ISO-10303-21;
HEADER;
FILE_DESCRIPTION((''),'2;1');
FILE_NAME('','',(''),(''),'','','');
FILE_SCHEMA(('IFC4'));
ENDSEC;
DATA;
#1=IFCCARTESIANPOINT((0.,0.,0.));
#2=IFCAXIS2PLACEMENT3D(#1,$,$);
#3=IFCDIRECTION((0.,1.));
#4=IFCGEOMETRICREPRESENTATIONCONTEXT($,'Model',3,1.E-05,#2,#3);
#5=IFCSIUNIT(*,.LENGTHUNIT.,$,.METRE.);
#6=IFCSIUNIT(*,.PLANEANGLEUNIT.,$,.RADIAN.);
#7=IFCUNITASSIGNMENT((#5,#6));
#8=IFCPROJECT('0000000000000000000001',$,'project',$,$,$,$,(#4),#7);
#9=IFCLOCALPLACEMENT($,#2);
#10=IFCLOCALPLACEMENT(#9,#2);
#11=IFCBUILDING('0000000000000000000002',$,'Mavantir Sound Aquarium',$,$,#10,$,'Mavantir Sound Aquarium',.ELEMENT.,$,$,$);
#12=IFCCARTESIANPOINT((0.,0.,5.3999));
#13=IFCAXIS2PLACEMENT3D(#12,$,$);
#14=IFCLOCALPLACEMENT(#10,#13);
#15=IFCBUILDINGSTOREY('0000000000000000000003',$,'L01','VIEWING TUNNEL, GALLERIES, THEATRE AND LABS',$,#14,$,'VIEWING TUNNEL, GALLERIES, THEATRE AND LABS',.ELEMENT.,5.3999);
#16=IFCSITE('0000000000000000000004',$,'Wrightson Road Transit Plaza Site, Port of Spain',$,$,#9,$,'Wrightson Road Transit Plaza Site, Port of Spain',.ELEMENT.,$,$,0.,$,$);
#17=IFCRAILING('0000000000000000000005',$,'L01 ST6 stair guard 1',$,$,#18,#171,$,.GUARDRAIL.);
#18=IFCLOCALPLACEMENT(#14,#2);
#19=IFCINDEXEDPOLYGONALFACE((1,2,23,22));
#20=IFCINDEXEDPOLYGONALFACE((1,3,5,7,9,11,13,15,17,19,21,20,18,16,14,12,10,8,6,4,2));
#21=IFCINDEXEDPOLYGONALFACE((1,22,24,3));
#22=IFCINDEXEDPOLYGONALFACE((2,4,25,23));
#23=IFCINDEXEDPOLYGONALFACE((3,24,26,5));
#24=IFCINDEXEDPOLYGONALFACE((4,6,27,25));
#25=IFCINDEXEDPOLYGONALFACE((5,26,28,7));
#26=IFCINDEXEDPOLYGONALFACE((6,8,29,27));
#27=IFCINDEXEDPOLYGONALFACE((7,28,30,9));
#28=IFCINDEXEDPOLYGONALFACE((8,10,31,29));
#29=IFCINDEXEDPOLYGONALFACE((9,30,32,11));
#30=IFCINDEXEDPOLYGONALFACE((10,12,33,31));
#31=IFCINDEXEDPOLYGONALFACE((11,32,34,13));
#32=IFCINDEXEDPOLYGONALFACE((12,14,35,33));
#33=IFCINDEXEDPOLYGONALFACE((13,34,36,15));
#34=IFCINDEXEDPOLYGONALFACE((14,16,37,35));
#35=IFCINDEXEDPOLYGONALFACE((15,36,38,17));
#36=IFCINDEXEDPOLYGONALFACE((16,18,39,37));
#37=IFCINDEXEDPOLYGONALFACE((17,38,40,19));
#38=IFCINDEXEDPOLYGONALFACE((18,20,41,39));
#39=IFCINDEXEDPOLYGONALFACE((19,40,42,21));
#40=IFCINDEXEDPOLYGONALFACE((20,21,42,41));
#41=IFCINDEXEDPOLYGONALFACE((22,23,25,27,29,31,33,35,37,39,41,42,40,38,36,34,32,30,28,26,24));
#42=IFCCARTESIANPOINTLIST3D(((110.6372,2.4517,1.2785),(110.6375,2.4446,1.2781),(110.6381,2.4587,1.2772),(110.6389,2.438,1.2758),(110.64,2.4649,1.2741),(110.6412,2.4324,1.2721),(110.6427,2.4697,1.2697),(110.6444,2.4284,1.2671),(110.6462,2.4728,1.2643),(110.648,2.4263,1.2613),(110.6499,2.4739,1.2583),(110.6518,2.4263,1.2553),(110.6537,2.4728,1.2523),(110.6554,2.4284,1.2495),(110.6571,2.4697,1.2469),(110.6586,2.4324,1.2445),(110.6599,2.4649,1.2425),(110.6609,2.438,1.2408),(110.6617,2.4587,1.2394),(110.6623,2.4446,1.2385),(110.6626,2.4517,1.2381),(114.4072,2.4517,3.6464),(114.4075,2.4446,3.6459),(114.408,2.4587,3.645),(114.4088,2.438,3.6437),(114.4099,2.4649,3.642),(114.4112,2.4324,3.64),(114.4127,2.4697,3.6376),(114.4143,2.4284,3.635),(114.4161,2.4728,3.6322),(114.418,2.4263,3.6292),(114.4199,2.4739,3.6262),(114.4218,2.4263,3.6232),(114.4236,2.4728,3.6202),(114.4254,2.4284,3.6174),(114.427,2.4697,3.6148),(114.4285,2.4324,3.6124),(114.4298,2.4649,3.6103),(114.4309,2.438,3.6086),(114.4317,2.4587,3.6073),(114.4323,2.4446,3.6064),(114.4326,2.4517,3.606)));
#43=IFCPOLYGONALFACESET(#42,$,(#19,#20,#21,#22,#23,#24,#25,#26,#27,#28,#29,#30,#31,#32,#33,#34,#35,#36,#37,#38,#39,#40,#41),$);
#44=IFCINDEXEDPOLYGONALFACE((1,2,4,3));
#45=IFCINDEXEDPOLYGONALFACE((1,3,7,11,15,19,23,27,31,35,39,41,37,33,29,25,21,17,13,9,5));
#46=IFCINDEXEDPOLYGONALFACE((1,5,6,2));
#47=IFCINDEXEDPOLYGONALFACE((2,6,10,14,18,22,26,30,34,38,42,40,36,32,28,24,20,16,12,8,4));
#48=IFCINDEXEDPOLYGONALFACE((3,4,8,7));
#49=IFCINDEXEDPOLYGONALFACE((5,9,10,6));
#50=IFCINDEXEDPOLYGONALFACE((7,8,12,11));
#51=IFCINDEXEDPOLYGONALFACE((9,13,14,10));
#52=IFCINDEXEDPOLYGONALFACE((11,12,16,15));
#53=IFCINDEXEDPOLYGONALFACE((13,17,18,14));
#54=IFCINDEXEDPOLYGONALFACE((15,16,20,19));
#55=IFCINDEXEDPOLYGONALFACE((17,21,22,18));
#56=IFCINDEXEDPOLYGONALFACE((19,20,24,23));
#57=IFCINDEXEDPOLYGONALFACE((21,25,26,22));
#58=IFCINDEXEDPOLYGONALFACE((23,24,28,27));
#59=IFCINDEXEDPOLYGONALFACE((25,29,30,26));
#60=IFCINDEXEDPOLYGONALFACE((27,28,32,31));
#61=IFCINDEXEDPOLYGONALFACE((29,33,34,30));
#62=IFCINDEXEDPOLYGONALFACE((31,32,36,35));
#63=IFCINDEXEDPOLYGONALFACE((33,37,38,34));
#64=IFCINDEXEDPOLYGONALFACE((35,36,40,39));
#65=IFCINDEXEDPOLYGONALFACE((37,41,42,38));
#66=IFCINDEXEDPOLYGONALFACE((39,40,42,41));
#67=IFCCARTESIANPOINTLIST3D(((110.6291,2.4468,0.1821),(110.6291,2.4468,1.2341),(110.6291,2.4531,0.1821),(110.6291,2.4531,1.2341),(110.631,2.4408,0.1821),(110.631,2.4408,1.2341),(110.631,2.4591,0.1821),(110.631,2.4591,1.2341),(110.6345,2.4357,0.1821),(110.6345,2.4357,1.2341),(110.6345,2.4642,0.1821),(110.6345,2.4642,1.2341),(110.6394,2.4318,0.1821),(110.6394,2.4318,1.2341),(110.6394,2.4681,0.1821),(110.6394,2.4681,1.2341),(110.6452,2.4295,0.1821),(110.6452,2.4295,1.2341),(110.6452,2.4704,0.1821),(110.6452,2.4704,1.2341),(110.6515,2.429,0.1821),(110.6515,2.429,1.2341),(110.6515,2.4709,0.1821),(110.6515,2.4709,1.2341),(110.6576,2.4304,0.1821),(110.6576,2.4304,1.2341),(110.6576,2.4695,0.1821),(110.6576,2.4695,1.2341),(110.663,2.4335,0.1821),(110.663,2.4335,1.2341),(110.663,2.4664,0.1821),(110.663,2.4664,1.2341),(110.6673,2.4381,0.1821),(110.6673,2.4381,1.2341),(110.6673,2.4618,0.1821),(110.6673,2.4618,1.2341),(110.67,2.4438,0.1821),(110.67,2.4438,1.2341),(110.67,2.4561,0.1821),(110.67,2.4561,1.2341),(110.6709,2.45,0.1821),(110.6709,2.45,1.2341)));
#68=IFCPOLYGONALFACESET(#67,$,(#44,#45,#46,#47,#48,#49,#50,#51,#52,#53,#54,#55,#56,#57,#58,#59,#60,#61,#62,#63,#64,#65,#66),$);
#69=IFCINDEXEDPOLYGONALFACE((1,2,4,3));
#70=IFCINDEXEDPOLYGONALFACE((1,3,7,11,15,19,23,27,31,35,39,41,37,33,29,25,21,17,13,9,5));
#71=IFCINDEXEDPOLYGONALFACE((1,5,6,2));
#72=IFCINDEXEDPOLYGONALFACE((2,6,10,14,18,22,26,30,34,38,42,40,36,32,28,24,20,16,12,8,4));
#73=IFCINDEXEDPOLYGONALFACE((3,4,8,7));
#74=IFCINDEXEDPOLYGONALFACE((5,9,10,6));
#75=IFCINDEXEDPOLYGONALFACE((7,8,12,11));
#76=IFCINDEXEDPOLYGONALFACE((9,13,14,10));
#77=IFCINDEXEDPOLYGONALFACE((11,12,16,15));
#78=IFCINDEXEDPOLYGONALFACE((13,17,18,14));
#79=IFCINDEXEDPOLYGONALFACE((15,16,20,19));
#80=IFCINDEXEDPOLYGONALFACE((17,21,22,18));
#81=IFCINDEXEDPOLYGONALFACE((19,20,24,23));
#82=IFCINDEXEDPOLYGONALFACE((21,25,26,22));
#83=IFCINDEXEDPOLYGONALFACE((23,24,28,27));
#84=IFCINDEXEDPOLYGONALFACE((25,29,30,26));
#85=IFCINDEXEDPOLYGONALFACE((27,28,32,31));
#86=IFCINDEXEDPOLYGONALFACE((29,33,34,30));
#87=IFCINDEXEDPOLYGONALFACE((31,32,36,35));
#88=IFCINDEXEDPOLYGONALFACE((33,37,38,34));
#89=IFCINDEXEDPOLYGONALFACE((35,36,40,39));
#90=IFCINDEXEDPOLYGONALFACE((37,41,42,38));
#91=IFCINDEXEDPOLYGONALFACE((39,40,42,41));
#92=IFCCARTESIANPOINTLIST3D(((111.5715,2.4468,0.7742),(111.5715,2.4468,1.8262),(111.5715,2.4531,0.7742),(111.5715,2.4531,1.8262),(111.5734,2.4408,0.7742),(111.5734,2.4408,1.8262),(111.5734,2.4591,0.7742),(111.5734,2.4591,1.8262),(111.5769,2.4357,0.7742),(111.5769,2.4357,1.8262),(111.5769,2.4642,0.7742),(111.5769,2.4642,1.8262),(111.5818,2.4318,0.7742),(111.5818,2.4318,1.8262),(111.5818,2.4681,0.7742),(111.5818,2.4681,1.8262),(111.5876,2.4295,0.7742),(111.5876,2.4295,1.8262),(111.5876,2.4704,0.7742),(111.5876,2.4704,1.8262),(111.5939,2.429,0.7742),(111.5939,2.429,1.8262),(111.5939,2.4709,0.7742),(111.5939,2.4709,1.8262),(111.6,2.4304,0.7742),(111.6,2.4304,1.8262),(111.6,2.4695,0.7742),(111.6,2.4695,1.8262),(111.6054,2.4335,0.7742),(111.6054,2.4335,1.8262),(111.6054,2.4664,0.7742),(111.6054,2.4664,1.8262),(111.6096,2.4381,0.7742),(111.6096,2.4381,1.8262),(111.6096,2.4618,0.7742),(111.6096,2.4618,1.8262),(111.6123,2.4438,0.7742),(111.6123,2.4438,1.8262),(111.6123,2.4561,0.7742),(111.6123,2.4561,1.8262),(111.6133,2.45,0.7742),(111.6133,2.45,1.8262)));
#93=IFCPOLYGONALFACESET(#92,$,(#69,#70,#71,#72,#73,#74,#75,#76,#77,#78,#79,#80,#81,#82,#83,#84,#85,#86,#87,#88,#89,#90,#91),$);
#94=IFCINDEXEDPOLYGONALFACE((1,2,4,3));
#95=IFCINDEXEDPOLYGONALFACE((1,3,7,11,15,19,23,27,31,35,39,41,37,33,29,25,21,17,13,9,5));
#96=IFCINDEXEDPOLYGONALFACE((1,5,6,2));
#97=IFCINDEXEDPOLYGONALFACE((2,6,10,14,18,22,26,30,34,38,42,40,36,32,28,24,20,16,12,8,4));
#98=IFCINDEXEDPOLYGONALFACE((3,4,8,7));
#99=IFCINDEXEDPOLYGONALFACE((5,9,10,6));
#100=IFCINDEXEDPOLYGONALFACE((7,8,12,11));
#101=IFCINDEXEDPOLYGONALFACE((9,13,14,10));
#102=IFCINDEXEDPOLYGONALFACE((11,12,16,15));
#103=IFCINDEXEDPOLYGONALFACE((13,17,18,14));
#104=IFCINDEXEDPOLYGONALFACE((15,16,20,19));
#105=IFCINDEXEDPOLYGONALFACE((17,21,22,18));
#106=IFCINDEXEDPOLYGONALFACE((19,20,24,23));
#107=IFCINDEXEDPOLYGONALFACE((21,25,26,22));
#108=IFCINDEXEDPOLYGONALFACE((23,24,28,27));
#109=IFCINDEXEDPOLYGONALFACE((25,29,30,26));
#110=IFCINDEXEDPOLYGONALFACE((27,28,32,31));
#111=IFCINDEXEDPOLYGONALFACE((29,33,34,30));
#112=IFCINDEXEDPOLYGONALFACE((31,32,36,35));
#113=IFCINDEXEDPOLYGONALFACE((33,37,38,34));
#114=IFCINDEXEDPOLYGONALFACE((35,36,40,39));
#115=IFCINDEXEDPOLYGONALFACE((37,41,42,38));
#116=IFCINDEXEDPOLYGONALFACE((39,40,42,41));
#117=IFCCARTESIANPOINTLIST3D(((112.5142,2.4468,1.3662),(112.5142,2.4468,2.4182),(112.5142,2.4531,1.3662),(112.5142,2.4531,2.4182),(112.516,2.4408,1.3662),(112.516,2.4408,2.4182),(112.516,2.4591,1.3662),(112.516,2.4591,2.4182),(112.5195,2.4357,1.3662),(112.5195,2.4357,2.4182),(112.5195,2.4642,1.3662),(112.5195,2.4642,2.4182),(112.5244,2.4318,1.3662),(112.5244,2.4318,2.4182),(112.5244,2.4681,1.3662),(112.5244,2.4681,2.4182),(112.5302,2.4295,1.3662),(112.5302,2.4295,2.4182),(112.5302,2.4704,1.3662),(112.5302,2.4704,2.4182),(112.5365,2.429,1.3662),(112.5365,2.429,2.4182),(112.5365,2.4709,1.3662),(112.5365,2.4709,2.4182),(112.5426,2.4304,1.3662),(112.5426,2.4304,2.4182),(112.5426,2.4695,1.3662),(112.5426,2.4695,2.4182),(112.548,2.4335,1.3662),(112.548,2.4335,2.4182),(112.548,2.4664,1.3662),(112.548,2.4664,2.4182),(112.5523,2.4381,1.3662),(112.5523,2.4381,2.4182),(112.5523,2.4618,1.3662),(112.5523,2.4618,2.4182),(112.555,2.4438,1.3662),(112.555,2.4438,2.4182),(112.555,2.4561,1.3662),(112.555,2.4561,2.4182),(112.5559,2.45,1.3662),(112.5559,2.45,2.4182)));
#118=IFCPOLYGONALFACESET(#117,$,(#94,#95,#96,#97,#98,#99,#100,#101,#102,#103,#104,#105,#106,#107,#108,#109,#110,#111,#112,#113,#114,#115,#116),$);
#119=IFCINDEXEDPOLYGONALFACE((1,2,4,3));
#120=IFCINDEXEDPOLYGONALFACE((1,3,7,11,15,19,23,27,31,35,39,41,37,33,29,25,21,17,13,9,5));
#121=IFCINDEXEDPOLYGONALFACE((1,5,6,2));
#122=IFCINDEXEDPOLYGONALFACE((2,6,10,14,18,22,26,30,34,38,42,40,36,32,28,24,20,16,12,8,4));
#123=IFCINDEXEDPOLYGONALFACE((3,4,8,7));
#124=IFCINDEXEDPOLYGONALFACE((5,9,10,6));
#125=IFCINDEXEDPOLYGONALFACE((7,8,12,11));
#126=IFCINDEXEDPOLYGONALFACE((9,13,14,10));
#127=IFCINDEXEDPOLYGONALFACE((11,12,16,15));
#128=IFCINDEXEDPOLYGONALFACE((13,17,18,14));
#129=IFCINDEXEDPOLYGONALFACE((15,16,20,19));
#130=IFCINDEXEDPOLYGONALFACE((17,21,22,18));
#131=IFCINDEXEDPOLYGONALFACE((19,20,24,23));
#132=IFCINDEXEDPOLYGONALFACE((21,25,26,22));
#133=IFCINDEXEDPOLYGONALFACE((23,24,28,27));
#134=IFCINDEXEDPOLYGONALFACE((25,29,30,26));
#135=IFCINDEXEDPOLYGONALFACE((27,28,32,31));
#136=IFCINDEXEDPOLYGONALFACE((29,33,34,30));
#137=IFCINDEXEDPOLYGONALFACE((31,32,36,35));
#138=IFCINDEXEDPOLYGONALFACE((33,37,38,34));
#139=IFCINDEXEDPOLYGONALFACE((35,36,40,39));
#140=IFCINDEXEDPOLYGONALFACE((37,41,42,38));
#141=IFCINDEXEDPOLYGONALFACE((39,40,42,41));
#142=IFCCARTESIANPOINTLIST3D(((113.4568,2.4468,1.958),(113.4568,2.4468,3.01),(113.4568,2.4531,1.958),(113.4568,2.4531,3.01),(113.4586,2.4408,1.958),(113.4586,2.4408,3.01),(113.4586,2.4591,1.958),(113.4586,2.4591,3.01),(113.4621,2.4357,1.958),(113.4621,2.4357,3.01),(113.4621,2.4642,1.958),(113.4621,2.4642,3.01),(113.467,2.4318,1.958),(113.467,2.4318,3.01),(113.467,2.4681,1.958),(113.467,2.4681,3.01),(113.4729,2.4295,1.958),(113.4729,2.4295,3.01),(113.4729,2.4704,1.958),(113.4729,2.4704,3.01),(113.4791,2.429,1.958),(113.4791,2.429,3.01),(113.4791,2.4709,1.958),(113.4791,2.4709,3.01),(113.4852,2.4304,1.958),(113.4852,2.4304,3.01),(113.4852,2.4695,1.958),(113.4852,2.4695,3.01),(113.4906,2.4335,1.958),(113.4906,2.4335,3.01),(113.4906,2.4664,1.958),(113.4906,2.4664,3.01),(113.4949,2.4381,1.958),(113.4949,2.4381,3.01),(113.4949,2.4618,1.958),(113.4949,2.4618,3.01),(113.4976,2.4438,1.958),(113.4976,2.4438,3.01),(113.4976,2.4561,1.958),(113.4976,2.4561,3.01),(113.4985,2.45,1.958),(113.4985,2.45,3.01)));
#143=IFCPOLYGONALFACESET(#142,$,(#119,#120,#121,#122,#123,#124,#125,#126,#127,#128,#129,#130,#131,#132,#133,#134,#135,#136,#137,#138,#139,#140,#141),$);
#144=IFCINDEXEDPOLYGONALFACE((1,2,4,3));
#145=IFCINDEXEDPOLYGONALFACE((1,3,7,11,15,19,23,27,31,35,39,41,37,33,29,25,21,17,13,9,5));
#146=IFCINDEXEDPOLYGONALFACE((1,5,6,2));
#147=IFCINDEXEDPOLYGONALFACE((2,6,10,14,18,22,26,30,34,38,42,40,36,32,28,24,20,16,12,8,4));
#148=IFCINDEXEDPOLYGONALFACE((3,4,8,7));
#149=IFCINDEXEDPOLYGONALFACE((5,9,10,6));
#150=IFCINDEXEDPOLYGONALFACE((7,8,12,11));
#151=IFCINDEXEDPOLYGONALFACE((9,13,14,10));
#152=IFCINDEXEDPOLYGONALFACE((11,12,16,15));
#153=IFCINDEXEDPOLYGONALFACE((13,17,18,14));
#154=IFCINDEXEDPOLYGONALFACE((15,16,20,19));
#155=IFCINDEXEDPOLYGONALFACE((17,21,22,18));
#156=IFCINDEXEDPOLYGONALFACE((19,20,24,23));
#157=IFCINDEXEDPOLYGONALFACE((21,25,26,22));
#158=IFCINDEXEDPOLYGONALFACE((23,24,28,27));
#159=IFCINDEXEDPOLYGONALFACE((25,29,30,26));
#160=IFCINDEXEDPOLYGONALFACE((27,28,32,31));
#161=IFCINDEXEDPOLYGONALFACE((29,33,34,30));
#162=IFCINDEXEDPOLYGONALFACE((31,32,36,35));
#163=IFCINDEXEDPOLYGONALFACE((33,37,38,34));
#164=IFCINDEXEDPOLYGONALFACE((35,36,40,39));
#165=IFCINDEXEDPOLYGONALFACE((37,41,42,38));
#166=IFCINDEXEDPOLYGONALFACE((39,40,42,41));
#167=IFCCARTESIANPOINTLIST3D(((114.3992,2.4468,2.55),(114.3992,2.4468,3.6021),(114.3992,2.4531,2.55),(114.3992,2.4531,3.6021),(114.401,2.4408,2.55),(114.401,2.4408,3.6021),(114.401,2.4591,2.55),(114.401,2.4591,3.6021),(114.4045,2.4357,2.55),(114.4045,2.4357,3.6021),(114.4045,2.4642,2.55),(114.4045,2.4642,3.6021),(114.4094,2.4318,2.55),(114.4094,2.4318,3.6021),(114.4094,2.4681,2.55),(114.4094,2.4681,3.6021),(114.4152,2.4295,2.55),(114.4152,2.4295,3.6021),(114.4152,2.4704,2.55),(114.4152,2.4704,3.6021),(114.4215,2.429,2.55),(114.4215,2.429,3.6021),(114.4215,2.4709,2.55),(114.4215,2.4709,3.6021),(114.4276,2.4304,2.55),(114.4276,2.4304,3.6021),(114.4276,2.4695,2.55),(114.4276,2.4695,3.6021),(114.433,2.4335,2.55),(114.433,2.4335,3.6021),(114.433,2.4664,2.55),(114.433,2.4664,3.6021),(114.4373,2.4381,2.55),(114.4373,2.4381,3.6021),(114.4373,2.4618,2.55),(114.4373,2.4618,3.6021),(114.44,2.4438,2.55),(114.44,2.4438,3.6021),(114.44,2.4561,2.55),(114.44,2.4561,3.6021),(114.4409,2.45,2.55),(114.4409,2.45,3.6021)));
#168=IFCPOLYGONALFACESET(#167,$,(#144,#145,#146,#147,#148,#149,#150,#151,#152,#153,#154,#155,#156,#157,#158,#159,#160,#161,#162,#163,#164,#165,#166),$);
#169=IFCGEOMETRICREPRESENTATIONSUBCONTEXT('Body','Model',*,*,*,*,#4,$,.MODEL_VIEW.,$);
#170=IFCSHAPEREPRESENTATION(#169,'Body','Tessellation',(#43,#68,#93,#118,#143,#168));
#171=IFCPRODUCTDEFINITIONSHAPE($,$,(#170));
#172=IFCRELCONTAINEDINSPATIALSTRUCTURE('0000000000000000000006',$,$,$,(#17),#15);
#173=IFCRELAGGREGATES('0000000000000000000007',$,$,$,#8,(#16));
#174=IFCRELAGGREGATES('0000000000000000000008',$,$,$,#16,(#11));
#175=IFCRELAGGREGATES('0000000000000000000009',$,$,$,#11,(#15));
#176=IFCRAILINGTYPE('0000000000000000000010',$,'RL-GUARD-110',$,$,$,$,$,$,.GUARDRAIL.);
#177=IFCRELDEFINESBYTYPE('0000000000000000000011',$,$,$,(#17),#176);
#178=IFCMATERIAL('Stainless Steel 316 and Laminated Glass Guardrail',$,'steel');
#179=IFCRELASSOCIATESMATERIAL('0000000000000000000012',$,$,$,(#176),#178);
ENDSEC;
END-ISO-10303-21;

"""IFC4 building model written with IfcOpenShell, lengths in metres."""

from ifc_helpers import new_model, si_unit, direction, frame, origin, origin_2d, place, context, subcontext, project, spatial, circle, extrude, material, type_object, element, save


model = new_model("IFC4")

# Units and contexts
model_context = context("Model", 3, precision=1e-05, world=origin(), true_north=direction((0.0, 1.0)))
body_context = subcontext(model_context, "Body", "Model", "MODEL_VIEW")
ifc_project = project(units=[si_unit("LENGTHUNIT", "METRE"), si_unit("PLANEANGLEUNIT", "RADIAN")], contexts=[model_context])

# Site, building, storey
site_placement = place(None, origin())
site = spatial("IfcSite", under=ifc_project, at=site_placement, Name="Wrightson Road Transit Plaza Site, Port of Spain", LongName="Wrightson Road Transit Plaza Site, Port of Spain", CompositionType="ELEMENT", RefElevation=0.0)
building_placement = place(site_placement, origin())
building = spatial("IfcBuilding", under=site, at=building_placement, Name="Mavantir Sound Aquarium", LongName="Mavantir Sound Aquarium", CompositionType="ELEMENT")
storey_placement = place(building_placement, frame((0.0, 0.0, 5.3999)))
storey = spatial("IfcBuildingStorey", under=building, at=storey_placement, Name="L01", Description="VIEWING TUNNEL, GALLERIES, THEATRE AND LABS", LongName="VIEWING TUNNEL, GALLERIES, THEATRE AND LABS", CompositionType="ELEMENT", Elevation=5.3999)

# Railing
ifc_material_1 = material(Name="Stainless Steel 316 and Laminated Glass Guardrail", Category="steel")
railing_type_1 = type_object("IfcRailingType", Name="RL-GUARD-110", PredefinedType="GUARDRAIL", material=ifc_material_1)
railing_1_placement = place(storey_placement, frame((110.6499, 2.45, 0.1821)))
element("IfcRailing", 1, at=railing_1_placement, inside=storey, type_object=railing_type_1, Name="L01 ST6 stair guard 1", PredefinedType="GUARDRAIL", context=body_context, shape_type="SweptSolid", body=[
    extrude(circle(Radius=0.0239, at=origin_2d()), frame((0.0, 0.0, 1.0762), z_axis=(0.846819, 0.0, 0.531881), x_axis=(0.0, 1.0, 0.0)), (0.0, 0.0, 1.0), 4.4519),
    extrude(circle(Radius=0.021, at=origin_2d()), origin(), (0.0, 0.0, 1.0), 1.052),
    extrude(circle(Radius=0.021, at=origin_2d()), frame((0.9424, 0.0, 0.592)), (0.0, 0.0, 1.0), 1.052),
    extrude(circle(Radius=0.021, at=origin_2d()), frame((1.885, 0.0, 1.1841)), (0.0, 0.0, 1.0), 1.052),
    extrude(circle(Radius=0.021, at=origin_2d()), frame((2.8276, 0.0, 1.7759)), (0.0, 0.0, 1.0), 1.052),
    extrude(circle(Radius=0.021, at=origin_2d()), frame((3.77, 0.0, 2.3679)), (0.0, 0.0, 1.0), 1.052),
])

save(model, "model.ifc")
